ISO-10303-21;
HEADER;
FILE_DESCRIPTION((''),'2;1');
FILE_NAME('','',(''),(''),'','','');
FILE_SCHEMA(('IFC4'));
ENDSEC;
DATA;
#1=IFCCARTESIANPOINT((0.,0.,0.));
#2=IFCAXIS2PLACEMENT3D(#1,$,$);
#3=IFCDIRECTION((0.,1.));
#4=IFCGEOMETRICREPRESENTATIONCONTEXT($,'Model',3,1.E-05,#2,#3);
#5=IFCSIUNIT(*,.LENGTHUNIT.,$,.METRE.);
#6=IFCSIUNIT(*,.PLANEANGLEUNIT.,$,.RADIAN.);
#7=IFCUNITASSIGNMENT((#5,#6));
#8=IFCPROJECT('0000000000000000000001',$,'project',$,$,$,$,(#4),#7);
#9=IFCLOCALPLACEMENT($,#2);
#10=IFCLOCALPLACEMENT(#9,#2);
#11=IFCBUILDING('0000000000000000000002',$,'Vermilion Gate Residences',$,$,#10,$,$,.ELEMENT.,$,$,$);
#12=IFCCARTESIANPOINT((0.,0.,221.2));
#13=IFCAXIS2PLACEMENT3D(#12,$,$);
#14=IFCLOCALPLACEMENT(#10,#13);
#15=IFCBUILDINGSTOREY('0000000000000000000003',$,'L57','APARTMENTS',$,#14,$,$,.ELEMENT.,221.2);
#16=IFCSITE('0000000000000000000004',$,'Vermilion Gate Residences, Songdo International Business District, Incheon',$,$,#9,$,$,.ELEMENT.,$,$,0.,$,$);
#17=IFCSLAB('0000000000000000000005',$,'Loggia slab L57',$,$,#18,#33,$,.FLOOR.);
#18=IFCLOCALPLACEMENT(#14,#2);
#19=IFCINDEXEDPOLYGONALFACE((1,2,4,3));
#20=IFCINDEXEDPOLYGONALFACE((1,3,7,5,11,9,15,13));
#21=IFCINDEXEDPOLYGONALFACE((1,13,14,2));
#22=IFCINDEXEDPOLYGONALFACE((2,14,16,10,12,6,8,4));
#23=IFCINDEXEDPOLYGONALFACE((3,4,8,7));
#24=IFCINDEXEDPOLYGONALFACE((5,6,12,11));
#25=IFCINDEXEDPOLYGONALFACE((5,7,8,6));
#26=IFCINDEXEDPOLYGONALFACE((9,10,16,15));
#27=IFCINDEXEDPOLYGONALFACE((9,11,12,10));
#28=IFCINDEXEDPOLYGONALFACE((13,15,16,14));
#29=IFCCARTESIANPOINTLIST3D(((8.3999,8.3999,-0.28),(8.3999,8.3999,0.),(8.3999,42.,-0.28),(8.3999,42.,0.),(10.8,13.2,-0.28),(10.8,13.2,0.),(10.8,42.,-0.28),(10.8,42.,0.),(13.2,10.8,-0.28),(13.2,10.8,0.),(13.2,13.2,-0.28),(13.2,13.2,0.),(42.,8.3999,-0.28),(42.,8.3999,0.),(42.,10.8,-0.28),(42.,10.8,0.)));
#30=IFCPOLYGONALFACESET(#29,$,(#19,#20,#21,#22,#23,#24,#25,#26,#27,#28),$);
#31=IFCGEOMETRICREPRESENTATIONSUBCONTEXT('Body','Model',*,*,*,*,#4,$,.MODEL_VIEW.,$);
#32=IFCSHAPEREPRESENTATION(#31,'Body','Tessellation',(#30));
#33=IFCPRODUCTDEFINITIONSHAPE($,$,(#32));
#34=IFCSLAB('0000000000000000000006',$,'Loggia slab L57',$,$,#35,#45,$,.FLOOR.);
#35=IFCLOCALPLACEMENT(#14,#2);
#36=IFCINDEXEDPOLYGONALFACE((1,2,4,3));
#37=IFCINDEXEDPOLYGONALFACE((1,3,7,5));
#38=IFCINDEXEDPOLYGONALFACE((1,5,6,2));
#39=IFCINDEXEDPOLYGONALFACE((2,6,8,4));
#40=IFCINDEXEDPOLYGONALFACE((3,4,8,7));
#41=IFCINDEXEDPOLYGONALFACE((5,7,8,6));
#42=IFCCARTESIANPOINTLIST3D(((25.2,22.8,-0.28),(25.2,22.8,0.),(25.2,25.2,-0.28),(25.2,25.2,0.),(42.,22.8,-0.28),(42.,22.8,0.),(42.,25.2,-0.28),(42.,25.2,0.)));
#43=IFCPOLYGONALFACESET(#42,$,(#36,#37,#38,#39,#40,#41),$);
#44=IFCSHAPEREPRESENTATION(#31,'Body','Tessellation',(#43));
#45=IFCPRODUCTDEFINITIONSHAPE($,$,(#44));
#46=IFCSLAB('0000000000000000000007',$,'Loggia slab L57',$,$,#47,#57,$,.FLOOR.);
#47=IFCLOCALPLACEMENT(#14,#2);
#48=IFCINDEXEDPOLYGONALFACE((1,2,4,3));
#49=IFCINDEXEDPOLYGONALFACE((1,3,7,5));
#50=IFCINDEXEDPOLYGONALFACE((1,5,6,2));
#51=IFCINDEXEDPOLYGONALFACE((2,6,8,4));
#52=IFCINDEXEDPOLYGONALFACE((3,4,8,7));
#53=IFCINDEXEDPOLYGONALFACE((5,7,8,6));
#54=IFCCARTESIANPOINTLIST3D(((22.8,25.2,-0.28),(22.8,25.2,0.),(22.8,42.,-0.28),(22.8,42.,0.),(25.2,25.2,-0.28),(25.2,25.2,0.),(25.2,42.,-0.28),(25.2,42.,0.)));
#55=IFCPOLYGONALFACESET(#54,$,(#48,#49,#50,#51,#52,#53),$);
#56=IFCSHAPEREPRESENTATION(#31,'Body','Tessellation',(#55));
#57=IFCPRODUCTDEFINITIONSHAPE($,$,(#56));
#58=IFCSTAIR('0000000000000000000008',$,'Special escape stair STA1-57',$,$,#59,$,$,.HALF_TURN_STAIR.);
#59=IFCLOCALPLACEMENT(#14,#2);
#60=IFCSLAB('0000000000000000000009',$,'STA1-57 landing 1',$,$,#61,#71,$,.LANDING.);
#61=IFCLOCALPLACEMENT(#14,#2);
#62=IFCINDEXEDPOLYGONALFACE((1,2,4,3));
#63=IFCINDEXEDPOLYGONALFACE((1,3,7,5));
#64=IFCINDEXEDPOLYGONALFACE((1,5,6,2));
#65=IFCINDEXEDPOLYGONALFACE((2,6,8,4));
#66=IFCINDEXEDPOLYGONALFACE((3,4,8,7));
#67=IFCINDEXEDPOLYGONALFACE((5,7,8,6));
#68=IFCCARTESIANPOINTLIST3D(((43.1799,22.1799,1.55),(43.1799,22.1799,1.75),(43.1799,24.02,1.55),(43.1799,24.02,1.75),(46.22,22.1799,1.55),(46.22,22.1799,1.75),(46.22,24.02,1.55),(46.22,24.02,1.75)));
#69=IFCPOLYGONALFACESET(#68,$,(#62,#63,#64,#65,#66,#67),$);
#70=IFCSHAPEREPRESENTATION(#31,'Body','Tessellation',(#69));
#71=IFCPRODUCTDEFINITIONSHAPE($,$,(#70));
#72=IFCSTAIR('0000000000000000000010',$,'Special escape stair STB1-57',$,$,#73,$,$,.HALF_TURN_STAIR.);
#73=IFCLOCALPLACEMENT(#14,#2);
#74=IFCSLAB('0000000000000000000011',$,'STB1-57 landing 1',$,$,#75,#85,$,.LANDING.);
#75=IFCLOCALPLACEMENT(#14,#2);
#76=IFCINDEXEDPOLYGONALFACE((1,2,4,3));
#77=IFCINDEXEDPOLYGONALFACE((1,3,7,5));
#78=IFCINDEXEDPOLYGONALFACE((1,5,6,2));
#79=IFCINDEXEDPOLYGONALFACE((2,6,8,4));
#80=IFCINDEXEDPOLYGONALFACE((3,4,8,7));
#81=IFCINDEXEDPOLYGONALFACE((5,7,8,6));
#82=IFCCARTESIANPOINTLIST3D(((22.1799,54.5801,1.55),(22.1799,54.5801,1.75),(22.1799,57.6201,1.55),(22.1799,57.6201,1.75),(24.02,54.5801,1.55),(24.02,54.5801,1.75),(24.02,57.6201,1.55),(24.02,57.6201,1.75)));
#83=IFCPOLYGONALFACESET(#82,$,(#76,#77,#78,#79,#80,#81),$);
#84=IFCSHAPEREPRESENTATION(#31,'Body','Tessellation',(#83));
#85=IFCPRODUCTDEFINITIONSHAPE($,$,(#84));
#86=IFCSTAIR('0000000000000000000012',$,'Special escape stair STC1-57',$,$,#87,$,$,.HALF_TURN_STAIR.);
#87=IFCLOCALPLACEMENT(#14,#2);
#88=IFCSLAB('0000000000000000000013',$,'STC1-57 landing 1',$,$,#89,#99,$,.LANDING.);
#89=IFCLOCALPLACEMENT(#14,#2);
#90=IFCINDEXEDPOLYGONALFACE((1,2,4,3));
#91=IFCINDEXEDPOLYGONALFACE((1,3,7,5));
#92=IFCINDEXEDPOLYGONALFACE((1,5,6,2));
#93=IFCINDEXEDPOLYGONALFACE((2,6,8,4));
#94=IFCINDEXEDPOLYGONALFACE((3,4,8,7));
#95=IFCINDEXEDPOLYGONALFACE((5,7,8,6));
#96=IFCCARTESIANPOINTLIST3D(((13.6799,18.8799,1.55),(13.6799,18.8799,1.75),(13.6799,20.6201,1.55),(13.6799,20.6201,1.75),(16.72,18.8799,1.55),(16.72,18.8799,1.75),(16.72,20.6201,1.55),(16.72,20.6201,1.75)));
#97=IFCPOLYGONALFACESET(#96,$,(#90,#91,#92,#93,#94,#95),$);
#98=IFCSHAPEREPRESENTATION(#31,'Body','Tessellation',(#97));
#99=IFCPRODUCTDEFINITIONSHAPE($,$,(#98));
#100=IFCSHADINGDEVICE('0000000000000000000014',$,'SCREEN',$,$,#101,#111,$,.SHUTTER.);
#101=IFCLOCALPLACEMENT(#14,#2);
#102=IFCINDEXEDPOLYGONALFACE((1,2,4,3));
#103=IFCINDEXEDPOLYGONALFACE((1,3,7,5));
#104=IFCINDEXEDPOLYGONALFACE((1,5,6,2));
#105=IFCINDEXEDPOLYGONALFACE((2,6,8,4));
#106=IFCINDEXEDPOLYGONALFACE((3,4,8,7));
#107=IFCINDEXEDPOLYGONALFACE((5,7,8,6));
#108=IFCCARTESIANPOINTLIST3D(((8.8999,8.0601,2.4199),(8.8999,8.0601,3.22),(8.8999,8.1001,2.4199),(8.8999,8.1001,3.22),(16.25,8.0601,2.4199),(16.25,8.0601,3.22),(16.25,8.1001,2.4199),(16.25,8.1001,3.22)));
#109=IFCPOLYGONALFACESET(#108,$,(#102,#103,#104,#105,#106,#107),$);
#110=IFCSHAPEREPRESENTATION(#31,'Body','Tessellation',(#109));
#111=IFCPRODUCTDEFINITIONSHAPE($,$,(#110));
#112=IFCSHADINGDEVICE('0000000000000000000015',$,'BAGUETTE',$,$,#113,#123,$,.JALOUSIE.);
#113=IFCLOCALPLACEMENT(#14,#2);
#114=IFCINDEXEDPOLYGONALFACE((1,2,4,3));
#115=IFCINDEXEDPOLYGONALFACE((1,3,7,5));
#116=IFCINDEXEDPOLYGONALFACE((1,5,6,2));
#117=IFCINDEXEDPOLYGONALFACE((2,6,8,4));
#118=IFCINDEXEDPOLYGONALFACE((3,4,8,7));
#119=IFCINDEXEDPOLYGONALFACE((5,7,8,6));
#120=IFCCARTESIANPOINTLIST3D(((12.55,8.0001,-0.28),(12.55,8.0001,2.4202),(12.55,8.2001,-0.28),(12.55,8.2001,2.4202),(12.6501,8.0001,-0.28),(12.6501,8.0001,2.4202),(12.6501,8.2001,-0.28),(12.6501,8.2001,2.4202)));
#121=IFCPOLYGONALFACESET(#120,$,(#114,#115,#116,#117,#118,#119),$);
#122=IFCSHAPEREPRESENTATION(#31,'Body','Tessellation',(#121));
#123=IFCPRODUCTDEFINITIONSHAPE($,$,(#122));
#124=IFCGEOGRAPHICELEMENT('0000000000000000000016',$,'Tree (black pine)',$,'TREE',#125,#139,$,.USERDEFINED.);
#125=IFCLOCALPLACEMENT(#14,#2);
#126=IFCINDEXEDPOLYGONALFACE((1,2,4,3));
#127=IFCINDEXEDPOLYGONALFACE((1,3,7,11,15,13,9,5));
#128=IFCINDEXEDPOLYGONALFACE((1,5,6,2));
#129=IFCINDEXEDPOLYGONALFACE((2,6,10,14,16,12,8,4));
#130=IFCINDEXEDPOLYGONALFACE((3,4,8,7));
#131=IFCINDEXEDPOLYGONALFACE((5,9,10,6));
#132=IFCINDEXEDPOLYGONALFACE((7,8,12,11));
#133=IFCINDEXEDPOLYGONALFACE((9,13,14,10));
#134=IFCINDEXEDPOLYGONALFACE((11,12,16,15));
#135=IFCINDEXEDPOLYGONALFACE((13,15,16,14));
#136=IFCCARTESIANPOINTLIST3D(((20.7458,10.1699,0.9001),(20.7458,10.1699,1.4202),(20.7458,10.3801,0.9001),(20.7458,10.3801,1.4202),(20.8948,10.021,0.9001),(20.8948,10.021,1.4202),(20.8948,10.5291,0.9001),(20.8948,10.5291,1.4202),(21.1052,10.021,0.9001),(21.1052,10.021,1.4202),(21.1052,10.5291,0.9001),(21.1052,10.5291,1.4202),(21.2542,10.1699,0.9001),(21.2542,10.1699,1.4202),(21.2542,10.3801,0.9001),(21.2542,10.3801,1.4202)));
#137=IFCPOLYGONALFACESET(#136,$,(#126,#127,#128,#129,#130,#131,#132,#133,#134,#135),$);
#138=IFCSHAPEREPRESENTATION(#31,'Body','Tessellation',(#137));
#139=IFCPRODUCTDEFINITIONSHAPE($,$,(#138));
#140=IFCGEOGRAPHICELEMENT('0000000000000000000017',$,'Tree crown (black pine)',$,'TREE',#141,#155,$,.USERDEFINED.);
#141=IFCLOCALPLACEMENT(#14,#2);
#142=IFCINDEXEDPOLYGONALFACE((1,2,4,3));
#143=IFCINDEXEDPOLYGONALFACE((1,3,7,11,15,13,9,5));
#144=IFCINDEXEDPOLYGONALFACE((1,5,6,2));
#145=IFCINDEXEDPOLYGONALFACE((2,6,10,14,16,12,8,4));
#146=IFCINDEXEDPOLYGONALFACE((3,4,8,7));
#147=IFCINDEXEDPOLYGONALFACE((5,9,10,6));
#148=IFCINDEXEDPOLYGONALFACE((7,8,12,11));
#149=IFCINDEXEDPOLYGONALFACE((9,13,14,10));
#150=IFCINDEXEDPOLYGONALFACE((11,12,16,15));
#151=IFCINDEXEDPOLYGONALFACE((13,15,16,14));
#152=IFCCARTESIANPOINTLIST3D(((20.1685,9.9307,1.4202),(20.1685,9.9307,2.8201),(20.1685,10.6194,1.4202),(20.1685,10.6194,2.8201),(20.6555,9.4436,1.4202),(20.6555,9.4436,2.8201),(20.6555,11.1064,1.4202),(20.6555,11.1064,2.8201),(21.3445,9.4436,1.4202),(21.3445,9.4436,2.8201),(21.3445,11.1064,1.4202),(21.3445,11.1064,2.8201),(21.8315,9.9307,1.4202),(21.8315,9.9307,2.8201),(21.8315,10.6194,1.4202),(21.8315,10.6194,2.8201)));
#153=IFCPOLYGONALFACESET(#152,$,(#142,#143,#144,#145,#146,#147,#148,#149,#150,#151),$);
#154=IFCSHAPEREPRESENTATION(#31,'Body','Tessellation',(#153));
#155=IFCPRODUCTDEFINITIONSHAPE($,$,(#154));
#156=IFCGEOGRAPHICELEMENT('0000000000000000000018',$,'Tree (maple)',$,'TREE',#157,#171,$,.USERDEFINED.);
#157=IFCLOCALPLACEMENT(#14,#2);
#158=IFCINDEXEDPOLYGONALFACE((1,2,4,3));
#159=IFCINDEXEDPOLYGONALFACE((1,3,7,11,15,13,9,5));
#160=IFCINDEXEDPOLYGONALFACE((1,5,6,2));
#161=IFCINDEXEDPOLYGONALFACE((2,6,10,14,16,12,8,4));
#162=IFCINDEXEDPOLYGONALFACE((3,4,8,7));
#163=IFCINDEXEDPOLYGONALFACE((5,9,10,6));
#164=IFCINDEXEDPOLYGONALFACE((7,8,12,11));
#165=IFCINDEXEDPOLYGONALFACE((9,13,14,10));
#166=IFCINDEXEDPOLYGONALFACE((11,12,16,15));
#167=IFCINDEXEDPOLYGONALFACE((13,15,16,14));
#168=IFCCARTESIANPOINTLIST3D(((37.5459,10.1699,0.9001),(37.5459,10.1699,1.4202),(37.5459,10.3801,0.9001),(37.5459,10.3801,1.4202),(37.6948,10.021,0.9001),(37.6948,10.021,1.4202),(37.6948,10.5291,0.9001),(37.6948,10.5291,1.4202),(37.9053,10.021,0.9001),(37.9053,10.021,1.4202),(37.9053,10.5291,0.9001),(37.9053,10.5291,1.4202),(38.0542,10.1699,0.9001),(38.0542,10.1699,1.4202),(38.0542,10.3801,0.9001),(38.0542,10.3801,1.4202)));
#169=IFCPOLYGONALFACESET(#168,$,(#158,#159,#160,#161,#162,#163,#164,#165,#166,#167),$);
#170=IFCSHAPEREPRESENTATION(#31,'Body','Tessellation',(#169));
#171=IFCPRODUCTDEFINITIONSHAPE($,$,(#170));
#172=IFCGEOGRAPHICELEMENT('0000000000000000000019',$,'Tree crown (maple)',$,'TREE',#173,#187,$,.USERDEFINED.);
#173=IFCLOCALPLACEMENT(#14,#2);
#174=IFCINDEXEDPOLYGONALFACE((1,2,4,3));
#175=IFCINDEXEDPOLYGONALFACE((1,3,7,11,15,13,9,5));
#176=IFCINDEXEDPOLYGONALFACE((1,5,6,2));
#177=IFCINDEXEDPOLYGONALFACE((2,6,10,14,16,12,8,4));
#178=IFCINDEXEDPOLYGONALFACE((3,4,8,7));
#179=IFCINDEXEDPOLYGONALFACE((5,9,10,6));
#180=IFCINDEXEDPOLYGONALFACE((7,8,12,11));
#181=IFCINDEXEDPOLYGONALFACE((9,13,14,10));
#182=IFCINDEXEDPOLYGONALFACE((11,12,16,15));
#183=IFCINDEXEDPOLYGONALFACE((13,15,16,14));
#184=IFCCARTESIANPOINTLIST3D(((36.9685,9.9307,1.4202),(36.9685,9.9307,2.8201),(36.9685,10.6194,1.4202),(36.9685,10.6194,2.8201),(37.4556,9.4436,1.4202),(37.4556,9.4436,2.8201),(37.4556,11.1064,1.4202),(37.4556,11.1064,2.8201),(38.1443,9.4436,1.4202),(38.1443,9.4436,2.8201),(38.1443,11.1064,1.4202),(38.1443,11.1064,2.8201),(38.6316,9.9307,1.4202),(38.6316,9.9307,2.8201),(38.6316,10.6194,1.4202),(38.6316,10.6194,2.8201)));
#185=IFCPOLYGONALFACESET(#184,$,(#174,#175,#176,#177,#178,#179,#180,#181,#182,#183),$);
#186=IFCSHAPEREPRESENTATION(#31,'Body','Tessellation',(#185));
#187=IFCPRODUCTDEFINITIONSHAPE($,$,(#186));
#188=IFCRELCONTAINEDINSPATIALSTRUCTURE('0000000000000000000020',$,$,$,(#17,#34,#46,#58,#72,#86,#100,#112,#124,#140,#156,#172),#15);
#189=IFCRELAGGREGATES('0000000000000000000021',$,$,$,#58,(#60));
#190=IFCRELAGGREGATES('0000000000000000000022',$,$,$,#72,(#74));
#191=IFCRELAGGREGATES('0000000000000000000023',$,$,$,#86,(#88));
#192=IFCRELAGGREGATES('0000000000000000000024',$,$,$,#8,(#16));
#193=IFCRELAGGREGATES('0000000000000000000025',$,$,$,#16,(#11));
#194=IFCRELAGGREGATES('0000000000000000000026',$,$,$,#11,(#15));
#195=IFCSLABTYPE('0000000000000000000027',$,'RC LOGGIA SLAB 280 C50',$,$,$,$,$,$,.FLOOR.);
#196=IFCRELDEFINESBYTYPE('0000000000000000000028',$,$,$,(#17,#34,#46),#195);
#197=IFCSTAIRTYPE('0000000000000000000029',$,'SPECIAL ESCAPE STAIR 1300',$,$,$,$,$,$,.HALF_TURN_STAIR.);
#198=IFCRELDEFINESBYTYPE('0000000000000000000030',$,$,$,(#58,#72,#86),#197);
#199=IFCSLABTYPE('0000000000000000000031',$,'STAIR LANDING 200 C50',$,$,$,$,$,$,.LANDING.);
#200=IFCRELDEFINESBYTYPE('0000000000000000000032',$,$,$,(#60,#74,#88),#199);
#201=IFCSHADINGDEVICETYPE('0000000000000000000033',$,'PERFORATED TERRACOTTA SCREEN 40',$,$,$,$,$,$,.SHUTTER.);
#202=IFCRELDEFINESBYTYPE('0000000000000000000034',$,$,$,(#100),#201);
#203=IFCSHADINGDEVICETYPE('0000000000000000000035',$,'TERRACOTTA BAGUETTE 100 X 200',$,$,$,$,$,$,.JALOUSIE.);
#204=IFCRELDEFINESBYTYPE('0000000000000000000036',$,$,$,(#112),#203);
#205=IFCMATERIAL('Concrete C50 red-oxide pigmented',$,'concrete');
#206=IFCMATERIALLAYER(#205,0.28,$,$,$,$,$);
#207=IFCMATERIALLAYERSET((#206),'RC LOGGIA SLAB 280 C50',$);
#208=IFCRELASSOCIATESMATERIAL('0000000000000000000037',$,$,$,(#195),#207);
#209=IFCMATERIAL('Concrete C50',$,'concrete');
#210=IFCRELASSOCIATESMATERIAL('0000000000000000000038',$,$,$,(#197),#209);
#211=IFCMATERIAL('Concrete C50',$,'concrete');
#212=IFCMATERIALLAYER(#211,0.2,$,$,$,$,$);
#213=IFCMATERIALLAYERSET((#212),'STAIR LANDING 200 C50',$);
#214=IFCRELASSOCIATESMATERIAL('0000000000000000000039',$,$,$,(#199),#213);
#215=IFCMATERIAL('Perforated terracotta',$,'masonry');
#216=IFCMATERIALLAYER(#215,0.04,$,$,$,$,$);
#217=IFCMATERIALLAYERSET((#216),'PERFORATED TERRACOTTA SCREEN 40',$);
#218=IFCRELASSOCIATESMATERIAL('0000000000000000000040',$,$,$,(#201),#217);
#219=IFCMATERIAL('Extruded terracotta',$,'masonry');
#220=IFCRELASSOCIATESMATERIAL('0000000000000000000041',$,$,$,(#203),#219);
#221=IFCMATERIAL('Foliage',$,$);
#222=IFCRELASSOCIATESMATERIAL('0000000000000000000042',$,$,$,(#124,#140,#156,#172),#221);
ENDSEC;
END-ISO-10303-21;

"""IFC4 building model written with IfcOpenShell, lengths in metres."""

from ifc_helpers import new_model, si_unit, direction, frame, origin, origin_2d, place, context, subcontext, project, spatial, polyline, rectangle, outline, extrude, material, layer, layer_set, material_profile, profile_set, type_object, element, aggregate, save


model = new_model("IFC4")

# Units and contexts
model_context = context("Model", 3, precision=1e-05, world=origin(), true_north=direction((0.0, 1.0)))
body_context = subcontext(model_context, "Body", "Model", "MODEL_VIEW")
ifc_project = project(units=[si_unit("LENGTHUNIT", "METRE"), si_unit("PLANEANGLEUNIT", "RADIAN")], contexts=[model_context])

# Site, building, storey
site_placement = place(None, origin())
site = spatial("IfcSite", under=ifc_project, at=site_placement, Name="Vermilion Gate Residences, Songdo International Business District, Incheon", CompositionType="ELEMENT", RefElevation=0.0)
building_placement = place(site_placement, origin())
building = spatial("IfcBuilding", under=site, at=building_placement, Name="Vermilion Gate Residences", CompositionType="ELEMENT")
storey_placement = place(building_placement, frame((0.0, 0.0, 221.2)))
storey = spatial("IfcBuildingStorey", under=building, at=storey_placement, Name="L57", Description="APARTMENTS", CompositionType="ELEMENT", Elevation=221.2)

# Slabs
ifc_material_1 = material(Name="Concrete C50 red-oxide pigmented", Category="concrete")
ifc_layer_1 = layer(ifc_material_1, 0.28)
ifc_layer_set_1 = layer_set([ifc_layer_1], Name="RC LOGGIA SLAB 280 C50")
slab_type_1 = type_object("IfcSlabType", Name="RC LOGGIA SLAB 280 C50", PredefinedType="FLOOR", material=ifc_layer_set_1)
slab_1_placement = place(storey_placement, frame((0.0, 0.0, -0.28)))
element("IfcSlab", 1, at=slab_1_placement, inside=storey, type_object=slab_type_1, Name="Loggia slab L57", PredefinedType="FLOOR", context=body_context, shape_type="SweptSolid", body=[
    extrude(outline(polyline([(8.3999, 8.3999), (42.0, 8.3999), (42.0, 10.8), (13.2, 10.8), (13.2, 13.2), (10.8, 13.2), (10.8, 42.0), (8.3999, 42.0), (8.3999, 8.3999)])), origin(), (0.0, 0.0, 1.0), 0.28),
])
slab_2_placement = place(storey_placement, frame((0.0, 0.0, -0.28)))
element("IfcSlab", 2, at=slab_2_placement, inside=storey, type_object=slab_type_1, Name="Loggia slab L57", PredefinedType="FLOOR", context=body_context, shape_type="SweptSolid", body=[
    extrude(outline(polyline([(25.2, 22.8), (42.0, 22.8), (42.0, 25.2), (25.2, 25.2), (25.2, 22.8)])), origin(), (0.0, 0.0, 1.0), 0.28),
])
slab_3_placement = place(storey_placement, frame((0.0, 0.0, -0.28)))
element("IfcSlab", 3, at=slab_3_placement, inside=storey, type_object=slab_type_1, Name="Loggia slab L57", PredefinedType="FLOOR", context=body_context, shape_type="SweptSolid", body=[
    extrude(outline(polyline([(25.2, 42.0), (22.8, 42.0), (22.8, 25.2), (25.2, 25.2), (25.2, 42.0)])), origin(), (0.0, 0.0, 1.0), 0.28),
])

# Stairs, slabs
ifc_material_2 = material(Name="Concrete C50", Category="concrete")
stair_type = type_object("IfcStairType", Name="SPECIAL ESCAPE STAIR 1300", PredefinedType="HALF_TURN_STAIR", material=ifc_material_2)
stair_1_placement = place(storey_placement, origin())
stair_1 = element("IfcStair", 4, at=stair_1_placement, inside=storey, type_object=stair_type, Name="Special escape stair STA1-57", PredefinedType="HALF_TURN_STAIR")
ifc_material_3 = material(Name="Concrete C50", Category="concrete")
ifc_layer_2 = layer(ifc_material_3, 0.2)
ifc_layer_set_2 = layer_set([ifc_layer_2], Name="STAIR LANDING 200 C50")
slab_type_2 = type_object("IfcSlabType", Name="STAIR LANDING 200 C50", PredefinedType="LANDING", material=ifc_layer_set_2)
slab_4_placement = place(storey_placement, frame((0.0, 0.0, 1.55)))
slab_4 = element("IfcSlab", 5, at=slab_4_placement, type_object=slab_type_2, Name="STA1-57 landing 1", PredefinedType="LANDING", context=body_context, shape_type="SweptSolid", body=[
    extrude(outline(polyline([(46.22, 22.1799), (46.22, 24.02), (43.1799, 24.02), (43.1799, 22.1799), (46.22, 22.1799)])), origin(), (0.0, 0.0, 1.0), 0.2),
])
aggregate(stair_1, [slab_4])
stair_2_placement = place(storey_placement, origin())
stair_2 = element("IfcStair", 6, at=stair_2_placement, inside=storey, type_object=stair_type, Name="Special escape stair STB1-57", PredefinedType="HALF_TURN_STAIR")
slab_5_placement = place(storey_placement, frame((0.0, 0.0, 1.55)))
slab_5 = element("IfcSlab", 7, at=slab_5_placement, type_object=slab_type_2, Name="STB1-57 landing 1", PredefinedType="LANDING", context=body_context, shape_type="SweptSolid", body=[
    extrude(outline(polyline([(24.02, 54.5801), (24.02, 57.6201), (22.1799, 57.6201), (22.1799, 54.5801), (24.02, 54.5801)])), origin(), (0.0, 0.0, 1.0), 0.2),
])
aggregate(stair_2, [slab_5])
stair_3_placement = place(storey_placement, origin())
stair_3 = element("IfcStair", 8, at=stair_3_placement, inside=storey, type_object=stair_type, Name="Special escape stair STC1-57", PredefinedType="HALF_TURN_STAIR")
slab_6_placement = place(storey_placement, frame((0.0, 0.0, 1.55)))
slab_6 = element("IfcSlab", 9, at=slab_6_placement, type_object=slab_type_2, Name="STC1-57 landing 1", PredefinedType="LANDING", context=body_context, shape_type="SweptSolid", body=[
    extrude(outline(polyline([(16.72, 18.8799), (16.72, 20.6201), (13.6799, 20.6201), (13.6799, 18.8799), (16.72, 18.8799)])), origin(), (0.0, 0.0, 1.0), 0.2),
])
aggregate(stair_3, [slab_6])

# Shading devices
ifc_material_4 = material(Name="Perforated terracotta", Category="masonry")
ifc_layer_3 = layer(ifc_material_4, 0.04)
ifc_layer_set_3 = layer_set([ifc_layer_3], Name="PERFORATED TERRACOTTA SCREEN 40")
shading_device_type_1 = type_object("IfcShadingDeviceType", Name="PERFORATED TERRACOTTA SCREEN 40", PredefinedType="SHUTTER", material=ifc_layer_set_3)
shading_device_1_placement = place(storey_placement, frame((12.575, 8.0801, 2.4199), z_axis=(0.0, 0.0, 1.0), x_axis=(1.0, 0.0, 0.0)))
element("IfcShadingDevice", 10, at=shading_device_1_placement, inside=storey, type_object=shading_device_type_1, Name="SCREEN", PredefinedType="SHUTTER", context=body_context, shape_type="SweptSolid", body=[
    extrude(rectangle(XDim=7.3501, YDim=0.04, at=origin_2d()), origin(), (0.0, 0.0, 1.0), 0.8),
])
ifc_material_5 = material(Name="Extruded terracotta", Category="masonry")
ifc_material_profile_1 = material_profile(ifc_material_5, rectangle(XDim=0.2, YDim=0.1001, at=origin_2d()), Name="BAGUETTE 100 X 200")
ifc_profile_set_1 = profile_set([ifc_material_profile_1], Name="Extruded terracotta")
shading_device_type_2 = type_object("IfcShadingDeviceType", Name="TERRACOTTA BAGUETTE 100 X 200", PredefinedType="JALOUSIE", material=ifc_profile_set_1)
shading_device_2_placement = place(storey_placement, frame((12.6001, 8.1001, -0.28), z_axis=(0.0, 0.0, 1.0), x_axis=(0.0, 1.0, 0.0)))
element("IfcShadingDevice", 11, at=shading_device_2_placement, inside=storey, type_object=shading_device_type_2, Name="BAGUETTE", PredefinedType="JALOUSIE", context=body_context, shape_type="SweptSolid", body=[
    extrude(rectangle(XDim=0.2, YDim=0.1001, at=origin_2d()), origin(), (0.0, 0.0, 1.0), 2.7002),
])

# Geographic elements
ifc_material_6 = material(Name="Foliage")
geographic_element_1_placement = place(storey_placement, frame((0.0, 0.0, 0.9001)))
element("IfcGeographicElement", 12, at=geographic_element_1_placement, inside=storey, material=ifc_material_6, Name="Tree (black pine)", ObjectType="TREE", PredefinedType="USERDEFINED", context=body_context, shape_type="SweptSolid", body=[
    extrude(outline(polyline([(21.2542, 10.3801), (21.1052, 10.5291), (20.8948, 10.5291), (20.7458, 10.3801), (20.7458, 10.1699), (20.8948, 10.021), (21.1052, 10.021), (21.2542, 10.1699), (21.2542, 10.3801)])), origin(), (0.0, 0.0, 1.0), 0.52),
])
geographic_element_2_placement = place(storey_placement, frame((0.0, 0.0, 1.4202)))
element("IfcGeographicElement", 13, at=geographic_element_2_placement, inside=storey, material=ifc_material_6, Name="Tree crown (black pine)", ObjectType="TREE", PredefinedType="USERDEFINED", context=body_context, shape_type="SweptSolid", body=[
    extrude(outline(polyline([(21.8315, 10.6194), (21.3445, 11.1064), (20.6555, 11.1064), (20.1685, 10.6194), (20.1685, 9.9307), (20.6555, 9.4436), (21.3445, 9.4436), (21.8315, 9.9307), (21.8315, 10.6194)])), origin(), (0.0, 0.0, 1.0), 1.3999),
])
geographic_element_3_placement = place(storey_placement, frame((0.0, 0.0, 0.9001)))
element("IfcGeographicElement", 14, at=geographic_element_3_placement, inside=storey, material=ifc_material_6, Name="Tree (maple)", ObjectType="TREE", PredefinedType="USERDEFINED", context=body_context, shape_type="SweptSolid", body=[
    extrude(outline(polyline([(38.0542, 10.3801), (37.9053, 10.5291), (37.6948, 10.5291), (37.5459, 10.3801), (37.5459, 10.1699), (37.6948, 10.021), (37.9053, 10.021), (38.0542, 10.1699), (38.0542, 10.3801)])), origin(), (0.0, 0.0, 1.0), 0.52),
])
geographic_element_4_placement = place(storey_placement, frame((0.0, 0.0, 1.4202)))
element("IfcGeographicElement", 15, at=geographic_element_4_placement, inside=storey, material=ifc_material_6, Name="Tree crown (maple)", ObjectType="TREE", PredefinedType="USERDEFINED", context=body_context, shape_type="SweptSolid", body=[
    extrude(outline(polyline([(38.6316, 10.6194), (38.1443, 11.1064), (37.4556, 11.1064), (36.9685, 10.6194), (36.9685, 9.9307), (37.4556, 9.4436), (38.1443, 9.4436), (38.6316, 9.9307), (38.6316, 10.6194)])), origin(), (0.0, 0.0, 1.0), 1.3999),
])

save(model, "model.ifc")
